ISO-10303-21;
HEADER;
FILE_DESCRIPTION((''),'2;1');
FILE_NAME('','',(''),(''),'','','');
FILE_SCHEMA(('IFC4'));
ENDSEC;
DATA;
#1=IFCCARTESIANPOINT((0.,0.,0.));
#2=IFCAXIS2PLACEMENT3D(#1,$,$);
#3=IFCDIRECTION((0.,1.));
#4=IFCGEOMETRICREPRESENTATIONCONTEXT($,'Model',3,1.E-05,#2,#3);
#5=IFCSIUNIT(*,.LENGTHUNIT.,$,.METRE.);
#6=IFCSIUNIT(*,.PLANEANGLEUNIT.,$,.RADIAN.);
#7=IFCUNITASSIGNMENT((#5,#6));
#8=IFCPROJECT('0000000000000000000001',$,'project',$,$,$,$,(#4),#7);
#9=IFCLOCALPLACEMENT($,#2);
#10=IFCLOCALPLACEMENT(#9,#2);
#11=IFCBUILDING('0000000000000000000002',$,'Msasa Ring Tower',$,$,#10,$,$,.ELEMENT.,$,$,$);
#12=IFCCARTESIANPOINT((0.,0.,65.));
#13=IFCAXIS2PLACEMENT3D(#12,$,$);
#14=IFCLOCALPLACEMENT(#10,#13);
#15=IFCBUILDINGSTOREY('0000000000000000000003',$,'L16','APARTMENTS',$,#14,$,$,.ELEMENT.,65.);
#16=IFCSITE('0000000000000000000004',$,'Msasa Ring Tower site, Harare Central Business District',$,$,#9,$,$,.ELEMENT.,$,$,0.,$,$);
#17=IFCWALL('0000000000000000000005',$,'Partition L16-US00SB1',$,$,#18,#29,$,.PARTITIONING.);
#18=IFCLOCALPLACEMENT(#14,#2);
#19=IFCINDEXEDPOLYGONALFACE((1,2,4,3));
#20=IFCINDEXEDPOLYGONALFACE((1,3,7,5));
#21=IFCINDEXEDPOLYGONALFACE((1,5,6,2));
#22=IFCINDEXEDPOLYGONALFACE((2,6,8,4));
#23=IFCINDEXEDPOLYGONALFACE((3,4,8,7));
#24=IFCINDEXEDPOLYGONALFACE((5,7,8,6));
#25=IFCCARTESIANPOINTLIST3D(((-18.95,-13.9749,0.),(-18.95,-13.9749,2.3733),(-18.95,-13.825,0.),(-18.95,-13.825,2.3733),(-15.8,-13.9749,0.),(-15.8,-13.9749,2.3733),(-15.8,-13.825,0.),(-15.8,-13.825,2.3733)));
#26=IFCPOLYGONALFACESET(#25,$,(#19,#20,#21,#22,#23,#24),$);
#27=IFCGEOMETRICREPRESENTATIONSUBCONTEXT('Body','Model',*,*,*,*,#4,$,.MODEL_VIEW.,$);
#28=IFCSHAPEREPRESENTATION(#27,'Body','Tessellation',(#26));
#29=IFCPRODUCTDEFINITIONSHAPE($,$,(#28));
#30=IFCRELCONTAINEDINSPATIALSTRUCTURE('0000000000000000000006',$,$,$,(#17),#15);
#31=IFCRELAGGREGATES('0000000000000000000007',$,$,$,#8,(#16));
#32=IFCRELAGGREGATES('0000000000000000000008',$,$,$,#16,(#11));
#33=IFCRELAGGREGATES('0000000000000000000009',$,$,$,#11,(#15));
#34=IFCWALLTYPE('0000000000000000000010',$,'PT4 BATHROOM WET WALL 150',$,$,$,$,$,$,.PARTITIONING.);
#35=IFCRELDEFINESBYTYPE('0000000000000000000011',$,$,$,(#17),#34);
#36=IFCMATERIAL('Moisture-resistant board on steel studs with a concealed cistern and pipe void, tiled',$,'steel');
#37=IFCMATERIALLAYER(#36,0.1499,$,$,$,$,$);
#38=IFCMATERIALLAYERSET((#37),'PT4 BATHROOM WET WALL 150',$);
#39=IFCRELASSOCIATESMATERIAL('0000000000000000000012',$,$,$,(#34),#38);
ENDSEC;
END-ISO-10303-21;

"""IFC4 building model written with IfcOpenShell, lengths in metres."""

from ifc_helpers import new_model, si_unit, direction, frame, frame_2d, origin, place, context, subcontext, project, spatial, rectangle, extrude, material, layer, layer_set, type_object, element, save


model = new_model("IFC4")

# Units and contexts
model_context = context("Model", 3, precision=1e-05, world=origin(), true_north=direction((0.0, 1.0)))
body_context = subcontext(model_context, "Body", "Model", "MODEL_VIEW")
ifc_project = project(units=[si_unit("LENGTHUNIT", "METRE"), si_unit("PLANEANGLEUNIT", "RADIAN")], contexts=[model_context])

# Site, building, storey
site_placement = place(None, origin())
site = spatial("IfcSite", under=ifc_project, at=site_placement, Name="Msasa Ring Tower site, Harare Central Business District", CompositionType="ELEMENT", RefElevation=0.0)
building_placement = place(site_placement, origin())
building = spatial("IfcBuilding", under=site, at=building_placement, Name="Msasa Ring Tower", CompositionType="ELEMENT")
storey_placement = place(building_placement, frame((0.0, 0.0, 65.0)))
storey = spatial("IfcBuildingStorey", under=building, at=storey_placement, Name="L16", Description="APARTMENTS", CompositionType="ELEMENT", Elevation=65.0)

# Shared definitions
ifc_material_1 = material(Name="Moisture-resistant board on steel studs with a concealed cistern and pipe void, tiled", Category="steel")
ifc_layer_1 = layer(ifc_material_1, 0.1499)
ifc_layer_set_1 = layer_set([ifc_layer_1], Name="PT4 BATHROOM WET WALL 150")
wall_type_1 = type_object("IfcWallType", Name="PT4 BATHROOM WET WALL 150", PredefinedType="PARTITIONING", material=ifc_layer_set_1)

# Wall
wall_1_placement = place(storey_placement, frame((-18.95, -13.8999, 0.0), z_axis=(0.0, 0.0, 1.0), x_axis=(1.0, 0.0, 0.0)))
element("IfcWall", 1, at=wall_1_placement, inside=storey, type_object=wall_type_1, Name="Partition L16-US00SB1", PredefinedType="PARTITIONING", context=body_context, shape_type="SweptSolid", body=[
    extrude(rectangle(XDim=3.1499, YDim=0.1499, at=frame_2d((1.575, 0.0))), origin(), (0.0, 0.0, 1.0), 2.3733),
])

save(model, "model.ifc")
